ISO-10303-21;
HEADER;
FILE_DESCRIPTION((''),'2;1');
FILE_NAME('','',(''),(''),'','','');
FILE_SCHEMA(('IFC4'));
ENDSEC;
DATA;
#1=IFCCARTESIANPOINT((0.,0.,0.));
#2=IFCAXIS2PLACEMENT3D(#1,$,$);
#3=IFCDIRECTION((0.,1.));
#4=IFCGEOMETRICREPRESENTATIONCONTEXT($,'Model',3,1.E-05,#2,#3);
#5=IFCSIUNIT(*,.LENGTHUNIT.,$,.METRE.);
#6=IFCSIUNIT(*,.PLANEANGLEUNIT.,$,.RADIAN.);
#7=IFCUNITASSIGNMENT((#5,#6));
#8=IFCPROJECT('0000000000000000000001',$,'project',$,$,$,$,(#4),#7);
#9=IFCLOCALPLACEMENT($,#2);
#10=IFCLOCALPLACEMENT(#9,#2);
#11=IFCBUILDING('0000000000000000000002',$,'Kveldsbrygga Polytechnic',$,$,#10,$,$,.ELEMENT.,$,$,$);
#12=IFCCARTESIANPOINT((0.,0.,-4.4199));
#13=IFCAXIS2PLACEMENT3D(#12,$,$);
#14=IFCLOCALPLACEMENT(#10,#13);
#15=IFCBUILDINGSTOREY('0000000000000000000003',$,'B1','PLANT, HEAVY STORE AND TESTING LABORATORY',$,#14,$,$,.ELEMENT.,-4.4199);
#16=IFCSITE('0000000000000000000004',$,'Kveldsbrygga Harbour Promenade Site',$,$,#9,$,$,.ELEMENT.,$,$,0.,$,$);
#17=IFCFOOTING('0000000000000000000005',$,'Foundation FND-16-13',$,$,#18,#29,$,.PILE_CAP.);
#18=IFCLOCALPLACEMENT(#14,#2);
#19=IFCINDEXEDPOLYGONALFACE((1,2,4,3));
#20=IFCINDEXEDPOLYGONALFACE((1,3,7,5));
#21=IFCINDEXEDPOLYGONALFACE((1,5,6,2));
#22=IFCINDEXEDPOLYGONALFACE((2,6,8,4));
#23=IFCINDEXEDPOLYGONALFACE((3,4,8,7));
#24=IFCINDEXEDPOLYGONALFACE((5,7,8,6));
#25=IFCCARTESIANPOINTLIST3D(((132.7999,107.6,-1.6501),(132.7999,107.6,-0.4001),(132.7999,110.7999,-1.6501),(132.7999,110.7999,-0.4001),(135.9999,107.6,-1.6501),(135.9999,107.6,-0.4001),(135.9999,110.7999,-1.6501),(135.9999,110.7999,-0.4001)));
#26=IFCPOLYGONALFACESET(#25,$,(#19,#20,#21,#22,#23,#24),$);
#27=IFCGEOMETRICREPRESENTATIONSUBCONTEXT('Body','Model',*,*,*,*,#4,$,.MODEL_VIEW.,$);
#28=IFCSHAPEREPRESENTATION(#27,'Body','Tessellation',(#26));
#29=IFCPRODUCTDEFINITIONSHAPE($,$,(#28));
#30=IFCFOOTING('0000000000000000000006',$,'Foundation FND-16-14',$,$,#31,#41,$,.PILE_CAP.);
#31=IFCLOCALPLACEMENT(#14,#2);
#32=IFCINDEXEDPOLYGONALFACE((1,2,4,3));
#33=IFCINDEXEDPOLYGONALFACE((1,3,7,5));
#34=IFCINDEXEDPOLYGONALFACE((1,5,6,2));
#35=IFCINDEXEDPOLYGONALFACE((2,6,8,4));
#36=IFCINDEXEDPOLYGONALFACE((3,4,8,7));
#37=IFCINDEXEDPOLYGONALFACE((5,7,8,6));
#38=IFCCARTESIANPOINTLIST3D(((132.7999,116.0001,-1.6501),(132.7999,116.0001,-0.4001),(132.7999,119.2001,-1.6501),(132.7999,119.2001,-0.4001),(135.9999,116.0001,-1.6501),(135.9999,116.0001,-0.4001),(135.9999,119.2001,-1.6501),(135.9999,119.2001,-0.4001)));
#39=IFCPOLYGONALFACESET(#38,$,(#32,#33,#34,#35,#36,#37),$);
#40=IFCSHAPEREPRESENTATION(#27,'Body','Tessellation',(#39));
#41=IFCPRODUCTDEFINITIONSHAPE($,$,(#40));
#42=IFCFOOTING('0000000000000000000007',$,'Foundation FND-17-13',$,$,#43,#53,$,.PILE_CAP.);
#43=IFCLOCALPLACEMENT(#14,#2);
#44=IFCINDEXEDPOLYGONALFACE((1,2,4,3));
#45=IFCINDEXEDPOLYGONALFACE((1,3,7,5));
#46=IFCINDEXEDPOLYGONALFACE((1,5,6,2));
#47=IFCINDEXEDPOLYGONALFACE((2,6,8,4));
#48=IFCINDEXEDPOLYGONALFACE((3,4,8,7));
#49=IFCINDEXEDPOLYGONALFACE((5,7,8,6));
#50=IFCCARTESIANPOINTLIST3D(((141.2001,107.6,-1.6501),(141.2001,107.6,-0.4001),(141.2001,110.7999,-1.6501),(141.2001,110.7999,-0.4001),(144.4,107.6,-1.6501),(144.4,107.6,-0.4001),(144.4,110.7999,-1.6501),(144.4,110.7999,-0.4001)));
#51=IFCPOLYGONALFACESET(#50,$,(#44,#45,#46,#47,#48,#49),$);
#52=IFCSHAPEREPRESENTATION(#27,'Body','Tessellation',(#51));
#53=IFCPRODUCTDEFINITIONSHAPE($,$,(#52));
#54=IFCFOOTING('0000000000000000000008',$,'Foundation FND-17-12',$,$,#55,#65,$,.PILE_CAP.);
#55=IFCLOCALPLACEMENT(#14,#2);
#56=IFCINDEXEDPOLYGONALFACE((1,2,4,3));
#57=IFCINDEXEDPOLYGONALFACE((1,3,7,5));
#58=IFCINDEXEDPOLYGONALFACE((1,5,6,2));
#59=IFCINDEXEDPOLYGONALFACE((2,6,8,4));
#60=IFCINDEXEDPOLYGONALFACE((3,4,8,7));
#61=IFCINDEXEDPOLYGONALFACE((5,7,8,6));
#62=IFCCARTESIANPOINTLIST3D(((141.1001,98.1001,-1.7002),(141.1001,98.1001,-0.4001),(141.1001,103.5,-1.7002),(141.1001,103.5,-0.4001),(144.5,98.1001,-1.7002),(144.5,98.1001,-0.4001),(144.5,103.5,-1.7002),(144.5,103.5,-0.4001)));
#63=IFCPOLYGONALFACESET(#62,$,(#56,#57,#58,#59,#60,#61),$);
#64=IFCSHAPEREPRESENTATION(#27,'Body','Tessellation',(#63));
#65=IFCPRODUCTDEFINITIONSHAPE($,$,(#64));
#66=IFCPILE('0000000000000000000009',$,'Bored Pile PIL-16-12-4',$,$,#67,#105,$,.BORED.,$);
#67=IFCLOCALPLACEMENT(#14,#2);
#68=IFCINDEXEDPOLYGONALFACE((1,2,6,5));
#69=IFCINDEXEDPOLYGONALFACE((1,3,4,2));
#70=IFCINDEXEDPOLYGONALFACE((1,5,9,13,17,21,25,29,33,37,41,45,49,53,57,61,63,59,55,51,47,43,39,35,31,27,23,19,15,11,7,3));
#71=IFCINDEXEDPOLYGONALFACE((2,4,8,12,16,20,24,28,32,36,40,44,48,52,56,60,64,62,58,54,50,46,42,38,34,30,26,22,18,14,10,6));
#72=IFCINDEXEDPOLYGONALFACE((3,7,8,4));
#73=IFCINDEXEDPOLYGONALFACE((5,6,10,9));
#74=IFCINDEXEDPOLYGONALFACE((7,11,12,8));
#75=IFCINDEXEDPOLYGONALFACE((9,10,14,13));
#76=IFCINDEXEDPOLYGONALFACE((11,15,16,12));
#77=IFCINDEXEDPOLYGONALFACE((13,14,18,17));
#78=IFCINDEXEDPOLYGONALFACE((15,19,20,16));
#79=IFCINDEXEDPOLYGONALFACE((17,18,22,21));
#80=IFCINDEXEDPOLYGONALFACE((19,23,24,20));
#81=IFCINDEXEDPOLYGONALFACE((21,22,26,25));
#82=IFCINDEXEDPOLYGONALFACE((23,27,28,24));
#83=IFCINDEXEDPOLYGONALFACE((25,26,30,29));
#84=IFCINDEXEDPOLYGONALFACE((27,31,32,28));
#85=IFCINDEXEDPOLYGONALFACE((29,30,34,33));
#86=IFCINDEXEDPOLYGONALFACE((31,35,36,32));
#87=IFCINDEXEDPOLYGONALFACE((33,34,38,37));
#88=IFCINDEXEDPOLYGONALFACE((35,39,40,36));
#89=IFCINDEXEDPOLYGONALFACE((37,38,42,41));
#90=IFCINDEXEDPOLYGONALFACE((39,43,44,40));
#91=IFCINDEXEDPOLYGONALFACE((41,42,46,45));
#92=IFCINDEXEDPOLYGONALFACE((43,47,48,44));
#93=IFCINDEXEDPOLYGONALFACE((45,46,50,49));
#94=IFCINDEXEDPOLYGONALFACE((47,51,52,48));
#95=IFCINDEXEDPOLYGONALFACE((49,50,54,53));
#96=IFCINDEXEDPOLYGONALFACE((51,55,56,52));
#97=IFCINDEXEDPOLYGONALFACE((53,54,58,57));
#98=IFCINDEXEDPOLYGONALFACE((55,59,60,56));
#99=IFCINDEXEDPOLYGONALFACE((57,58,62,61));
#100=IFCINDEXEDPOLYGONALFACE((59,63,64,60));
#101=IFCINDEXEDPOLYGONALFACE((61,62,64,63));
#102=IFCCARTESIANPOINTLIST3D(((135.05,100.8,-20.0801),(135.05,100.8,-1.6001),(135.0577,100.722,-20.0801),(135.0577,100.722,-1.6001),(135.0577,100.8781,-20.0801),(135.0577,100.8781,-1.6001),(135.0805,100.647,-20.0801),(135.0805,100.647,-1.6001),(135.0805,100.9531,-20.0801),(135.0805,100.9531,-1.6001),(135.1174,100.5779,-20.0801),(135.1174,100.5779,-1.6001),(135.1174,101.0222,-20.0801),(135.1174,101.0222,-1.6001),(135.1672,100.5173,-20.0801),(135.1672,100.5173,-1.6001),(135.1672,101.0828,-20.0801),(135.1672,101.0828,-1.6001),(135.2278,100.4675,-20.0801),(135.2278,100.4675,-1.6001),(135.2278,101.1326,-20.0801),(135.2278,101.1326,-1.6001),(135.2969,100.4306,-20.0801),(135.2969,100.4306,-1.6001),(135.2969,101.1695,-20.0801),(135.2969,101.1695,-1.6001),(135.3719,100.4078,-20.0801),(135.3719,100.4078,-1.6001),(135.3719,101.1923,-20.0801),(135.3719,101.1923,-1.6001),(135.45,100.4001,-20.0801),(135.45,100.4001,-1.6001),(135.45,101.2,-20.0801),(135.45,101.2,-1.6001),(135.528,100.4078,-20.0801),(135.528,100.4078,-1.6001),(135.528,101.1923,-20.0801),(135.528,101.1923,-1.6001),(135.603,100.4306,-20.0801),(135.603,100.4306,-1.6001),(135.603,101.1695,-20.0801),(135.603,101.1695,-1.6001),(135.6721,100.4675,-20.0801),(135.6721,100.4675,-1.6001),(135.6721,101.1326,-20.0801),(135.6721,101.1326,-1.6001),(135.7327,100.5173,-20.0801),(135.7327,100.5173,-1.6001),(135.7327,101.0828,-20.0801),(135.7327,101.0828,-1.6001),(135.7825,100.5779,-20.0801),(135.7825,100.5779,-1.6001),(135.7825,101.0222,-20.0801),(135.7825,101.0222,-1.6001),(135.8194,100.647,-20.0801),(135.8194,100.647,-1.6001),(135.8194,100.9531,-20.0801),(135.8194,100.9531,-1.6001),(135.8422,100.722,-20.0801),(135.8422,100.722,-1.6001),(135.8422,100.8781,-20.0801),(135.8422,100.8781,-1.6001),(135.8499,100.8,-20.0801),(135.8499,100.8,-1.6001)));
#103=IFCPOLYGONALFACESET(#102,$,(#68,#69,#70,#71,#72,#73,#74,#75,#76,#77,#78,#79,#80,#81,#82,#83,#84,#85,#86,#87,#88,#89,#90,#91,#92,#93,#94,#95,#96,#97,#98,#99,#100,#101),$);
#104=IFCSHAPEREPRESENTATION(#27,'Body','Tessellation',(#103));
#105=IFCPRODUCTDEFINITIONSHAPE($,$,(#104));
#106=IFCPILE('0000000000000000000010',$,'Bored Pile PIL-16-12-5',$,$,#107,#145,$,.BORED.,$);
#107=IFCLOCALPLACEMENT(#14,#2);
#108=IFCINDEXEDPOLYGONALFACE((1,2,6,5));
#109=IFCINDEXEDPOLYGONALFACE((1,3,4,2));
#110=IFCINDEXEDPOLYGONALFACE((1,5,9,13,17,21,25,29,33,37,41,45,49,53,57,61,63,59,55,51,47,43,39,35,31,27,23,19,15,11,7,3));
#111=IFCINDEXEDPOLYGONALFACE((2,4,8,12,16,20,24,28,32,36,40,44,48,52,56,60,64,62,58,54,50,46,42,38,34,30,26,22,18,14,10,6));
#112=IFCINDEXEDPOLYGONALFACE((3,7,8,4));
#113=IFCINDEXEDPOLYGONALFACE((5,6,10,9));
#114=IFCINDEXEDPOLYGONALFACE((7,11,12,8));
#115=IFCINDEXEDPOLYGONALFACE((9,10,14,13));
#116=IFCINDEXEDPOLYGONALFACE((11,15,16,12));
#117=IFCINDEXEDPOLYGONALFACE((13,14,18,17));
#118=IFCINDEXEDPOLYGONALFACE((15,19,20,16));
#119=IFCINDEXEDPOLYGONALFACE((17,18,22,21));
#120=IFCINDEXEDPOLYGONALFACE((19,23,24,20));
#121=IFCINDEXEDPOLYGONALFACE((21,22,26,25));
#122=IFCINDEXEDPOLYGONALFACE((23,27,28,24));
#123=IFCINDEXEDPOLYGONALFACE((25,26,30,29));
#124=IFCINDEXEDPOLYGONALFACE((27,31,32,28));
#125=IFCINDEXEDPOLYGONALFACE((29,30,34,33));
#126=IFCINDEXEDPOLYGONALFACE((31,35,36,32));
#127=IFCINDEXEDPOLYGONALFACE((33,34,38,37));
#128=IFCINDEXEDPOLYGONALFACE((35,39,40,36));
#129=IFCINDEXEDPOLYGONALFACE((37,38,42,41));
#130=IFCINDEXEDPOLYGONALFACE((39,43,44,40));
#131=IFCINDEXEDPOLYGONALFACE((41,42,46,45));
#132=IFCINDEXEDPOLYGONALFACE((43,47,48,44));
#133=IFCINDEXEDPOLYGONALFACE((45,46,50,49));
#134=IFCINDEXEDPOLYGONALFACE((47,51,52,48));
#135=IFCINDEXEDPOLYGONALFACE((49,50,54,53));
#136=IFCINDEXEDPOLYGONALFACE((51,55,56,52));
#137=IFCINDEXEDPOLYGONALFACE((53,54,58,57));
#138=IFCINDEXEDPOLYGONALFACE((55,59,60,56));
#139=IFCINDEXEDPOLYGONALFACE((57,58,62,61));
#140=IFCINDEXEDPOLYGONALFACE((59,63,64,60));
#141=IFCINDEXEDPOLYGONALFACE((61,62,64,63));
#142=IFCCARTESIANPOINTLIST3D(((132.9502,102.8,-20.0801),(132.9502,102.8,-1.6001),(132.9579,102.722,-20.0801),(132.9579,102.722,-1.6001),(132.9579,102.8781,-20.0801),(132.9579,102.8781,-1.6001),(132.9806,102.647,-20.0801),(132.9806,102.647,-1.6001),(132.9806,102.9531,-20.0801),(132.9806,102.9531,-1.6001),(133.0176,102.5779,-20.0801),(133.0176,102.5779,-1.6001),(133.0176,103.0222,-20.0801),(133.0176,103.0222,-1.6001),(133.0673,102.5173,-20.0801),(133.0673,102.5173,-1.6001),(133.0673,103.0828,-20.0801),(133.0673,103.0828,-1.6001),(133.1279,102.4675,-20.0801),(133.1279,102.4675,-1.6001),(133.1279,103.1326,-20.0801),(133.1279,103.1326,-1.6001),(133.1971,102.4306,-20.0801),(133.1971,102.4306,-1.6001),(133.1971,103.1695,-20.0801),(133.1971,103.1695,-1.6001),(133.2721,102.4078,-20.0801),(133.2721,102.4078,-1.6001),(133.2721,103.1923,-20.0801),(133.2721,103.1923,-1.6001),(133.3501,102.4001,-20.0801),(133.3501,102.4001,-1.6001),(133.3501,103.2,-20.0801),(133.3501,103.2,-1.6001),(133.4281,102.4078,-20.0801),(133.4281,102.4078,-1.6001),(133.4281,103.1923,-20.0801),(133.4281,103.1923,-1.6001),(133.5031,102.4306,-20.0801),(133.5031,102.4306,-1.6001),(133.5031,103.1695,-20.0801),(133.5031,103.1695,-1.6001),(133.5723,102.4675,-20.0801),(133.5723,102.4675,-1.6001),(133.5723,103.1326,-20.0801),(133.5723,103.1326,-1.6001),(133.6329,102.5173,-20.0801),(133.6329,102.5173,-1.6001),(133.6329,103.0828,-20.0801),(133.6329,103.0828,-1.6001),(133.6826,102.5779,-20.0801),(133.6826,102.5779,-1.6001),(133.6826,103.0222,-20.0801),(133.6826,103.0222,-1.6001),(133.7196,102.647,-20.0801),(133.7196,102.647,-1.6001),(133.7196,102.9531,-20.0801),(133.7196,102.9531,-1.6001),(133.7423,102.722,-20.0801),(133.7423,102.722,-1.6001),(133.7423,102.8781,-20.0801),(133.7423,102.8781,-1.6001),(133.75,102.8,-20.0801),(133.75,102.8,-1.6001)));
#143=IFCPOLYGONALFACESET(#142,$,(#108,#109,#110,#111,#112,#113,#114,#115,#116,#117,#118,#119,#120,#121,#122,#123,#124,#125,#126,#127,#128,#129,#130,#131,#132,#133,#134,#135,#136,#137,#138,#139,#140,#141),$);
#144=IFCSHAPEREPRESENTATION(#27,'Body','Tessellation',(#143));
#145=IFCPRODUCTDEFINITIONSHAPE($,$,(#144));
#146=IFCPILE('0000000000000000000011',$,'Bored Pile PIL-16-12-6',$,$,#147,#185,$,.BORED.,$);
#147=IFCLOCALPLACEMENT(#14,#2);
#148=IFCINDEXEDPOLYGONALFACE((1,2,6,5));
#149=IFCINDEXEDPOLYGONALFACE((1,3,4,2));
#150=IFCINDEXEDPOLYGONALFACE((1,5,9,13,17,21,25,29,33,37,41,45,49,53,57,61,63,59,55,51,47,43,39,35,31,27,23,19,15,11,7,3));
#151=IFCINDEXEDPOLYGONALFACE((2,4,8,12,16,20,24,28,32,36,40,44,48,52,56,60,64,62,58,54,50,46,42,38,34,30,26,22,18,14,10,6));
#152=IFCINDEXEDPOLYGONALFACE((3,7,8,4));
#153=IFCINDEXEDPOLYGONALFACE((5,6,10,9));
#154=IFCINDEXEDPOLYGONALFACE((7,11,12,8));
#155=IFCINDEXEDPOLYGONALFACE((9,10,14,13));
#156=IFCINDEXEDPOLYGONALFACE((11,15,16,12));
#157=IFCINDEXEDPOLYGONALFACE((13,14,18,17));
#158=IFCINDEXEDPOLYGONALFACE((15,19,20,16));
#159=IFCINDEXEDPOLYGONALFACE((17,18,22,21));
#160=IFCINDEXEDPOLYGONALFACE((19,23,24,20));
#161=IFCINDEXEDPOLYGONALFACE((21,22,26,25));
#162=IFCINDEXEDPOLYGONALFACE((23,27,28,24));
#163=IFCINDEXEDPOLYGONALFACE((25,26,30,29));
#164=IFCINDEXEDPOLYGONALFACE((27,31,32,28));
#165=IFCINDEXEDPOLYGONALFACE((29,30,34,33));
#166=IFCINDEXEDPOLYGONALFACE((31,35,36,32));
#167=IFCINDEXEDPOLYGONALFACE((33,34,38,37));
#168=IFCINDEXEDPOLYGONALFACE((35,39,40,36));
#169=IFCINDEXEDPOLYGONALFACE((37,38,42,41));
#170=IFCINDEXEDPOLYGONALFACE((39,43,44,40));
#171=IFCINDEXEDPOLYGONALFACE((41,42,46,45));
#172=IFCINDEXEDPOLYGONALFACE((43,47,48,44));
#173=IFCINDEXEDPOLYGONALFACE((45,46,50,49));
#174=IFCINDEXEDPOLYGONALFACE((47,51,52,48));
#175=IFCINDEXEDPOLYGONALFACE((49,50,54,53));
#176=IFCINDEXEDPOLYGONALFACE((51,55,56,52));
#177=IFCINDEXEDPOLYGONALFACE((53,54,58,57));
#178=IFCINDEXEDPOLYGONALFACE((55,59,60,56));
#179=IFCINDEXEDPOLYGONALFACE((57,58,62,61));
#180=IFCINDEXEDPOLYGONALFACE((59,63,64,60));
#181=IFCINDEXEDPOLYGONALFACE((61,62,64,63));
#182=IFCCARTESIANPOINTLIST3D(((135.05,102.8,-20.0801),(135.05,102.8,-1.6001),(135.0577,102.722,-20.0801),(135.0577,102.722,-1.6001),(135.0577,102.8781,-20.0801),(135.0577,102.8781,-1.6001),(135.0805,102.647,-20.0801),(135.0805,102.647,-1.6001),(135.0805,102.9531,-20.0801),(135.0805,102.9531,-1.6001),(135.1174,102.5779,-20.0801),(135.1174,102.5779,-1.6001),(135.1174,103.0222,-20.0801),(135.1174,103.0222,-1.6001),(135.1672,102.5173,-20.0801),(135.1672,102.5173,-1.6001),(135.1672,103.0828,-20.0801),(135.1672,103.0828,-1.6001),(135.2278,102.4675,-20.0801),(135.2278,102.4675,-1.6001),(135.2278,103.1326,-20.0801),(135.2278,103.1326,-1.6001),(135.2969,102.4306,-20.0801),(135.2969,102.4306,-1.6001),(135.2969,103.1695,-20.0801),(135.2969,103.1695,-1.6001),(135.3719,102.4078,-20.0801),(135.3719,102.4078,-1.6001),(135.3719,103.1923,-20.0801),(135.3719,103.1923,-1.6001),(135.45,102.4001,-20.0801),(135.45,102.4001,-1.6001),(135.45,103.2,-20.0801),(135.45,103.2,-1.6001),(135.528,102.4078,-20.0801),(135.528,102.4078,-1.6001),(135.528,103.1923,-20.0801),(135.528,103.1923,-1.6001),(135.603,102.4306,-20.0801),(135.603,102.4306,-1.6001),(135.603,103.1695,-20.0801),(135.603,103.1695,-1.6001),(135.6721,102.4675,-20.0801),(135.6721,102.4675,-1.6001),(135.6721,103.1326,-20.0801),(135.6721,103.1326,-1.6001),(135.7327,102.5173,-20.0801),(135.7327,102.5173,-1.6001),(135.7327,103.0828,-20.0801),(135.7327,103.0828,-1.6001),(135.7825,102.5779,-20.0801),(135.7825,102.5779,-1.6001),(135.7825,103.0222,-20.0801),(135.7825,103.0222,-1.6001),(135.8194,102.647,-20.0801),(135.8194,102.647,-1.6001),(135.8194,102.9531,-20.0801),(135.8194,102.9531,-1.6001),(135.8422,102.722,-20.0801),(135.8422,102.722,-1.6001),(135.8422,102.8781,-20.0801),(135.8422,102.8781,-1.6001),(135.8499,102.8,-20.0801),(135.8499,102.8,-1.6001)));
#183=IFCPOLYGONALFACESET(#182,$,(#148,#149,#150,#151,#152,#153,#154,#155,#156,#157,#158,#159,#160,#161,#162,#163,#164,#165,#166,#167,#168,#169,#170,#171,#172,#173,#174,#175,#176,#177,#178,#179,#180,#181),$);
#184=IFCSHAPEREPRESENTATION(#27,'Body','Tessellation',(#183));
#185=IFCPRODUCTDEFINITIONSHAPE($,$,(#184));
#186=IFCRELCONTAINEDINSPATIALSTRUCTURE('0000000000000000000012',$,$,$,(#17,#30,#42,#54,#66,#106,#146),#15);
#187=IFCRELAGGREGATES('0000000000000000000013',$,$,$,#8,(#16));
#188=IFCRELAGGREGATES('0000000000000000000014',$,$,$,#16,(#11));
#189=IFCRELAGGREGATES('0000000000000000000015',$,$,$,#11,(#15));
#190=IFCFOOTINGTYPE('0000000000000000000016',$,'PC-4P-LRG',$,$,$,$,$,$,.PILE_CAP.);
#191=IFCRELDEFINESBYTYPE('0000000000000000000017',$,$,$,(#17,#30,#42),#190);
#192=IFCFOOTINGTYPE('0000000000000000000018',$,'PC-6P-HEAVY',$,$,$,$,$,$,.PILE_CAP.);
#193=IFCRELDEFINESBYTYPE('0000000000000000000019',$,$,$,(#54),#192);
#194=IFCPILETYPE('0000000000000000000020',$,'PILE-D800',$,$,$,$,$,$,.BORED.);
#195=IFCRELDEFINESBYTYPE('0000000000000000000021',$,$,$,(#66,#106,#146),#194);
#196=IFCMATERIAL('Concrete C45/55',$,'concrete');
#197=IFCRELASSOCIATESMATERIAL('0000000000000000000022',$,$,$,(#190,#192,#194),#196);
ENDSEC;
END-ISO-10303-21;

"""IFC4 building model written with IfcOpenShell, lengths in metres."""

from ifc_helpers import new_model, si_unit, direction, frame, origin, origin_2d, place, context, subcontext, project, spatial, rectangle, circle, extrude, material, material_profile, profile_set, type_object, element, save


model = new_model("IFC4")

# Units and contexts
model_context = context("Model", 3, precision=1e-05, world=origin(), true_north=direction((0.0, 1.0)))
body_context = subcontext(model_context, "Body", "Model", "MODEL_VIEW")
ifc_project = project(units=[si_unit("LENGTHUNIT", "METRE"), si_unit("PLANEANGLEUNIT", "RADIAN")], contexts=[model_context])

# Site, building, storey
site_placement = place(None, origin())
site = spatial("IfcSite", under=ifc_project, at=site_placement, Name="Kveldsbrygga Harbour Promenade Site", CompositionType="ELEMENT", RefElevation=0.0)
building_placement = place(site_placement, origin())
building = spatial("IfcBuilding", under=site, at=building_placement, Name="Kveldsbrygga Polytechnic", CompositionType="ELEMENT")
storey_placement = place(building_placement, frame((0.0, 0.0, -4.4199)))
storey = spatial("IfcBuildingStorey", under=building, at=storey_placement, Name="B1", Description="PLANT, HEAVY STORE AND TESTING LABORATORY", CompositionType="ELEMENT", Elevation=-4.4199)

# Footings
ifc_material_1 = material(Name="Concrete C45/55", Category="concrete")
footing_type_1 = type_object("IfcFootingType", Name="PC-4P-LRG", PredefinedType="PILE_CAP", material=ifc_material_1)
for number, where, z_axis, x_axis, name in (
    (1, (134.3999, 109.2, -1.6501), (0.0, 0.0, 1.0), (1.0, 0.0, 0.0), "Foundation FND-16-13"),
    (2, (134.3999, 117.6001, -1.6501), (0.0, 0.0, 1.0), (1.0, 0.0, 0.0), "Foundation FND-16-14"),
    (3, (142.8, 109.2, -1.6501), (0.0, 0.0, 1.0), (1.0, 0.0, 0.0), "Foundation FND-17-13"),
):
    element("IfcFooting", number, at=place(storey_placement, frame(where, z_axis=z_axis, x_axis=x_axis)), inside=storey, type_object=footing_type_1, Name=name, PredefinedType="PILE_CAP", context=body_context, shape_type="SweptSolid", body=[
        extrude(rectangle(XDim=3.2, YDim=3.2, at=origin_2d()), origin(), (0.0, 0.0, 1.0), 1.25),
    ])
footing_type_2 = type_object("IfcFootingType", Name="PC-6P-HEAVY", PredefinedType="PILE_CAP", material=ifc_material_1)
footing_placement = place(storey_placement, frame((142.8, 100.8, -1.7002), z_axis=(0.0, 0.0, 1.0), x_axis=(1.0, 0.0, 0.0)))
element("IfcFooting", 4, at=footing_placement, inside=storey, type_object=footing_type_2, Name="Foundation FND-17-12", PredefinedType="PILE_CAP", context=body_context, shape_type="SweptSolid", body=[
    extrude(rectangle(XDim=3.3999, YDim=5.3999, at=origin_2d()), origin(), (0.0, 0.0, 1.0), 1.3),
])

# Piles
ifc_material_profile_1 = material_profile(ifc_material_1, circle(Radius=0.3999, at=origin_2d()), Name="PILE D800")
ifc_profile_set_1 = profile_set([ifc_material_profile_1], Name="Concrete C45/55")
pile_type = type_object("IfcPileType", Name="PILE-D800", PredefinedType="BORED", material=ifc_profile_set_1)
for number, where, z_axis, x_axis, name in (
    (5, (135.45, 100.8, -1.6001), (0.0, 0.0, -1.0), (1.0, 0.0, 0.0), "Bored Pile PIL-16-12-4"),
    (6, (133.3501, 102.8, -1.6001), (0.0, 0.0, -1.0), (1.0, 0.0, 0.0), "Bored Pile PIL-16-12-5"),
    (7, (135.45, 102.8, -1.6001), (0.0, 0.0, -1.0), (1.0, 0.0, 0.0), "Bored Pile PIL-16-12-6"),
):
    element("IfcPile", number, at=place(storey_placement, frame(where, z_axis=z_axis, x_axis=x_axis)), inside=storey, type_object=pile_type, Name=name, PredefinedType="BORED", context=body_context, shape_type="SweptSolid", body=[
        extrude(circle(Radius=0.3999, at=origin_2d()), origin(), (0.0, 0.0, 1.0), 18.48),
    ])

save(model, "model.ifc")
